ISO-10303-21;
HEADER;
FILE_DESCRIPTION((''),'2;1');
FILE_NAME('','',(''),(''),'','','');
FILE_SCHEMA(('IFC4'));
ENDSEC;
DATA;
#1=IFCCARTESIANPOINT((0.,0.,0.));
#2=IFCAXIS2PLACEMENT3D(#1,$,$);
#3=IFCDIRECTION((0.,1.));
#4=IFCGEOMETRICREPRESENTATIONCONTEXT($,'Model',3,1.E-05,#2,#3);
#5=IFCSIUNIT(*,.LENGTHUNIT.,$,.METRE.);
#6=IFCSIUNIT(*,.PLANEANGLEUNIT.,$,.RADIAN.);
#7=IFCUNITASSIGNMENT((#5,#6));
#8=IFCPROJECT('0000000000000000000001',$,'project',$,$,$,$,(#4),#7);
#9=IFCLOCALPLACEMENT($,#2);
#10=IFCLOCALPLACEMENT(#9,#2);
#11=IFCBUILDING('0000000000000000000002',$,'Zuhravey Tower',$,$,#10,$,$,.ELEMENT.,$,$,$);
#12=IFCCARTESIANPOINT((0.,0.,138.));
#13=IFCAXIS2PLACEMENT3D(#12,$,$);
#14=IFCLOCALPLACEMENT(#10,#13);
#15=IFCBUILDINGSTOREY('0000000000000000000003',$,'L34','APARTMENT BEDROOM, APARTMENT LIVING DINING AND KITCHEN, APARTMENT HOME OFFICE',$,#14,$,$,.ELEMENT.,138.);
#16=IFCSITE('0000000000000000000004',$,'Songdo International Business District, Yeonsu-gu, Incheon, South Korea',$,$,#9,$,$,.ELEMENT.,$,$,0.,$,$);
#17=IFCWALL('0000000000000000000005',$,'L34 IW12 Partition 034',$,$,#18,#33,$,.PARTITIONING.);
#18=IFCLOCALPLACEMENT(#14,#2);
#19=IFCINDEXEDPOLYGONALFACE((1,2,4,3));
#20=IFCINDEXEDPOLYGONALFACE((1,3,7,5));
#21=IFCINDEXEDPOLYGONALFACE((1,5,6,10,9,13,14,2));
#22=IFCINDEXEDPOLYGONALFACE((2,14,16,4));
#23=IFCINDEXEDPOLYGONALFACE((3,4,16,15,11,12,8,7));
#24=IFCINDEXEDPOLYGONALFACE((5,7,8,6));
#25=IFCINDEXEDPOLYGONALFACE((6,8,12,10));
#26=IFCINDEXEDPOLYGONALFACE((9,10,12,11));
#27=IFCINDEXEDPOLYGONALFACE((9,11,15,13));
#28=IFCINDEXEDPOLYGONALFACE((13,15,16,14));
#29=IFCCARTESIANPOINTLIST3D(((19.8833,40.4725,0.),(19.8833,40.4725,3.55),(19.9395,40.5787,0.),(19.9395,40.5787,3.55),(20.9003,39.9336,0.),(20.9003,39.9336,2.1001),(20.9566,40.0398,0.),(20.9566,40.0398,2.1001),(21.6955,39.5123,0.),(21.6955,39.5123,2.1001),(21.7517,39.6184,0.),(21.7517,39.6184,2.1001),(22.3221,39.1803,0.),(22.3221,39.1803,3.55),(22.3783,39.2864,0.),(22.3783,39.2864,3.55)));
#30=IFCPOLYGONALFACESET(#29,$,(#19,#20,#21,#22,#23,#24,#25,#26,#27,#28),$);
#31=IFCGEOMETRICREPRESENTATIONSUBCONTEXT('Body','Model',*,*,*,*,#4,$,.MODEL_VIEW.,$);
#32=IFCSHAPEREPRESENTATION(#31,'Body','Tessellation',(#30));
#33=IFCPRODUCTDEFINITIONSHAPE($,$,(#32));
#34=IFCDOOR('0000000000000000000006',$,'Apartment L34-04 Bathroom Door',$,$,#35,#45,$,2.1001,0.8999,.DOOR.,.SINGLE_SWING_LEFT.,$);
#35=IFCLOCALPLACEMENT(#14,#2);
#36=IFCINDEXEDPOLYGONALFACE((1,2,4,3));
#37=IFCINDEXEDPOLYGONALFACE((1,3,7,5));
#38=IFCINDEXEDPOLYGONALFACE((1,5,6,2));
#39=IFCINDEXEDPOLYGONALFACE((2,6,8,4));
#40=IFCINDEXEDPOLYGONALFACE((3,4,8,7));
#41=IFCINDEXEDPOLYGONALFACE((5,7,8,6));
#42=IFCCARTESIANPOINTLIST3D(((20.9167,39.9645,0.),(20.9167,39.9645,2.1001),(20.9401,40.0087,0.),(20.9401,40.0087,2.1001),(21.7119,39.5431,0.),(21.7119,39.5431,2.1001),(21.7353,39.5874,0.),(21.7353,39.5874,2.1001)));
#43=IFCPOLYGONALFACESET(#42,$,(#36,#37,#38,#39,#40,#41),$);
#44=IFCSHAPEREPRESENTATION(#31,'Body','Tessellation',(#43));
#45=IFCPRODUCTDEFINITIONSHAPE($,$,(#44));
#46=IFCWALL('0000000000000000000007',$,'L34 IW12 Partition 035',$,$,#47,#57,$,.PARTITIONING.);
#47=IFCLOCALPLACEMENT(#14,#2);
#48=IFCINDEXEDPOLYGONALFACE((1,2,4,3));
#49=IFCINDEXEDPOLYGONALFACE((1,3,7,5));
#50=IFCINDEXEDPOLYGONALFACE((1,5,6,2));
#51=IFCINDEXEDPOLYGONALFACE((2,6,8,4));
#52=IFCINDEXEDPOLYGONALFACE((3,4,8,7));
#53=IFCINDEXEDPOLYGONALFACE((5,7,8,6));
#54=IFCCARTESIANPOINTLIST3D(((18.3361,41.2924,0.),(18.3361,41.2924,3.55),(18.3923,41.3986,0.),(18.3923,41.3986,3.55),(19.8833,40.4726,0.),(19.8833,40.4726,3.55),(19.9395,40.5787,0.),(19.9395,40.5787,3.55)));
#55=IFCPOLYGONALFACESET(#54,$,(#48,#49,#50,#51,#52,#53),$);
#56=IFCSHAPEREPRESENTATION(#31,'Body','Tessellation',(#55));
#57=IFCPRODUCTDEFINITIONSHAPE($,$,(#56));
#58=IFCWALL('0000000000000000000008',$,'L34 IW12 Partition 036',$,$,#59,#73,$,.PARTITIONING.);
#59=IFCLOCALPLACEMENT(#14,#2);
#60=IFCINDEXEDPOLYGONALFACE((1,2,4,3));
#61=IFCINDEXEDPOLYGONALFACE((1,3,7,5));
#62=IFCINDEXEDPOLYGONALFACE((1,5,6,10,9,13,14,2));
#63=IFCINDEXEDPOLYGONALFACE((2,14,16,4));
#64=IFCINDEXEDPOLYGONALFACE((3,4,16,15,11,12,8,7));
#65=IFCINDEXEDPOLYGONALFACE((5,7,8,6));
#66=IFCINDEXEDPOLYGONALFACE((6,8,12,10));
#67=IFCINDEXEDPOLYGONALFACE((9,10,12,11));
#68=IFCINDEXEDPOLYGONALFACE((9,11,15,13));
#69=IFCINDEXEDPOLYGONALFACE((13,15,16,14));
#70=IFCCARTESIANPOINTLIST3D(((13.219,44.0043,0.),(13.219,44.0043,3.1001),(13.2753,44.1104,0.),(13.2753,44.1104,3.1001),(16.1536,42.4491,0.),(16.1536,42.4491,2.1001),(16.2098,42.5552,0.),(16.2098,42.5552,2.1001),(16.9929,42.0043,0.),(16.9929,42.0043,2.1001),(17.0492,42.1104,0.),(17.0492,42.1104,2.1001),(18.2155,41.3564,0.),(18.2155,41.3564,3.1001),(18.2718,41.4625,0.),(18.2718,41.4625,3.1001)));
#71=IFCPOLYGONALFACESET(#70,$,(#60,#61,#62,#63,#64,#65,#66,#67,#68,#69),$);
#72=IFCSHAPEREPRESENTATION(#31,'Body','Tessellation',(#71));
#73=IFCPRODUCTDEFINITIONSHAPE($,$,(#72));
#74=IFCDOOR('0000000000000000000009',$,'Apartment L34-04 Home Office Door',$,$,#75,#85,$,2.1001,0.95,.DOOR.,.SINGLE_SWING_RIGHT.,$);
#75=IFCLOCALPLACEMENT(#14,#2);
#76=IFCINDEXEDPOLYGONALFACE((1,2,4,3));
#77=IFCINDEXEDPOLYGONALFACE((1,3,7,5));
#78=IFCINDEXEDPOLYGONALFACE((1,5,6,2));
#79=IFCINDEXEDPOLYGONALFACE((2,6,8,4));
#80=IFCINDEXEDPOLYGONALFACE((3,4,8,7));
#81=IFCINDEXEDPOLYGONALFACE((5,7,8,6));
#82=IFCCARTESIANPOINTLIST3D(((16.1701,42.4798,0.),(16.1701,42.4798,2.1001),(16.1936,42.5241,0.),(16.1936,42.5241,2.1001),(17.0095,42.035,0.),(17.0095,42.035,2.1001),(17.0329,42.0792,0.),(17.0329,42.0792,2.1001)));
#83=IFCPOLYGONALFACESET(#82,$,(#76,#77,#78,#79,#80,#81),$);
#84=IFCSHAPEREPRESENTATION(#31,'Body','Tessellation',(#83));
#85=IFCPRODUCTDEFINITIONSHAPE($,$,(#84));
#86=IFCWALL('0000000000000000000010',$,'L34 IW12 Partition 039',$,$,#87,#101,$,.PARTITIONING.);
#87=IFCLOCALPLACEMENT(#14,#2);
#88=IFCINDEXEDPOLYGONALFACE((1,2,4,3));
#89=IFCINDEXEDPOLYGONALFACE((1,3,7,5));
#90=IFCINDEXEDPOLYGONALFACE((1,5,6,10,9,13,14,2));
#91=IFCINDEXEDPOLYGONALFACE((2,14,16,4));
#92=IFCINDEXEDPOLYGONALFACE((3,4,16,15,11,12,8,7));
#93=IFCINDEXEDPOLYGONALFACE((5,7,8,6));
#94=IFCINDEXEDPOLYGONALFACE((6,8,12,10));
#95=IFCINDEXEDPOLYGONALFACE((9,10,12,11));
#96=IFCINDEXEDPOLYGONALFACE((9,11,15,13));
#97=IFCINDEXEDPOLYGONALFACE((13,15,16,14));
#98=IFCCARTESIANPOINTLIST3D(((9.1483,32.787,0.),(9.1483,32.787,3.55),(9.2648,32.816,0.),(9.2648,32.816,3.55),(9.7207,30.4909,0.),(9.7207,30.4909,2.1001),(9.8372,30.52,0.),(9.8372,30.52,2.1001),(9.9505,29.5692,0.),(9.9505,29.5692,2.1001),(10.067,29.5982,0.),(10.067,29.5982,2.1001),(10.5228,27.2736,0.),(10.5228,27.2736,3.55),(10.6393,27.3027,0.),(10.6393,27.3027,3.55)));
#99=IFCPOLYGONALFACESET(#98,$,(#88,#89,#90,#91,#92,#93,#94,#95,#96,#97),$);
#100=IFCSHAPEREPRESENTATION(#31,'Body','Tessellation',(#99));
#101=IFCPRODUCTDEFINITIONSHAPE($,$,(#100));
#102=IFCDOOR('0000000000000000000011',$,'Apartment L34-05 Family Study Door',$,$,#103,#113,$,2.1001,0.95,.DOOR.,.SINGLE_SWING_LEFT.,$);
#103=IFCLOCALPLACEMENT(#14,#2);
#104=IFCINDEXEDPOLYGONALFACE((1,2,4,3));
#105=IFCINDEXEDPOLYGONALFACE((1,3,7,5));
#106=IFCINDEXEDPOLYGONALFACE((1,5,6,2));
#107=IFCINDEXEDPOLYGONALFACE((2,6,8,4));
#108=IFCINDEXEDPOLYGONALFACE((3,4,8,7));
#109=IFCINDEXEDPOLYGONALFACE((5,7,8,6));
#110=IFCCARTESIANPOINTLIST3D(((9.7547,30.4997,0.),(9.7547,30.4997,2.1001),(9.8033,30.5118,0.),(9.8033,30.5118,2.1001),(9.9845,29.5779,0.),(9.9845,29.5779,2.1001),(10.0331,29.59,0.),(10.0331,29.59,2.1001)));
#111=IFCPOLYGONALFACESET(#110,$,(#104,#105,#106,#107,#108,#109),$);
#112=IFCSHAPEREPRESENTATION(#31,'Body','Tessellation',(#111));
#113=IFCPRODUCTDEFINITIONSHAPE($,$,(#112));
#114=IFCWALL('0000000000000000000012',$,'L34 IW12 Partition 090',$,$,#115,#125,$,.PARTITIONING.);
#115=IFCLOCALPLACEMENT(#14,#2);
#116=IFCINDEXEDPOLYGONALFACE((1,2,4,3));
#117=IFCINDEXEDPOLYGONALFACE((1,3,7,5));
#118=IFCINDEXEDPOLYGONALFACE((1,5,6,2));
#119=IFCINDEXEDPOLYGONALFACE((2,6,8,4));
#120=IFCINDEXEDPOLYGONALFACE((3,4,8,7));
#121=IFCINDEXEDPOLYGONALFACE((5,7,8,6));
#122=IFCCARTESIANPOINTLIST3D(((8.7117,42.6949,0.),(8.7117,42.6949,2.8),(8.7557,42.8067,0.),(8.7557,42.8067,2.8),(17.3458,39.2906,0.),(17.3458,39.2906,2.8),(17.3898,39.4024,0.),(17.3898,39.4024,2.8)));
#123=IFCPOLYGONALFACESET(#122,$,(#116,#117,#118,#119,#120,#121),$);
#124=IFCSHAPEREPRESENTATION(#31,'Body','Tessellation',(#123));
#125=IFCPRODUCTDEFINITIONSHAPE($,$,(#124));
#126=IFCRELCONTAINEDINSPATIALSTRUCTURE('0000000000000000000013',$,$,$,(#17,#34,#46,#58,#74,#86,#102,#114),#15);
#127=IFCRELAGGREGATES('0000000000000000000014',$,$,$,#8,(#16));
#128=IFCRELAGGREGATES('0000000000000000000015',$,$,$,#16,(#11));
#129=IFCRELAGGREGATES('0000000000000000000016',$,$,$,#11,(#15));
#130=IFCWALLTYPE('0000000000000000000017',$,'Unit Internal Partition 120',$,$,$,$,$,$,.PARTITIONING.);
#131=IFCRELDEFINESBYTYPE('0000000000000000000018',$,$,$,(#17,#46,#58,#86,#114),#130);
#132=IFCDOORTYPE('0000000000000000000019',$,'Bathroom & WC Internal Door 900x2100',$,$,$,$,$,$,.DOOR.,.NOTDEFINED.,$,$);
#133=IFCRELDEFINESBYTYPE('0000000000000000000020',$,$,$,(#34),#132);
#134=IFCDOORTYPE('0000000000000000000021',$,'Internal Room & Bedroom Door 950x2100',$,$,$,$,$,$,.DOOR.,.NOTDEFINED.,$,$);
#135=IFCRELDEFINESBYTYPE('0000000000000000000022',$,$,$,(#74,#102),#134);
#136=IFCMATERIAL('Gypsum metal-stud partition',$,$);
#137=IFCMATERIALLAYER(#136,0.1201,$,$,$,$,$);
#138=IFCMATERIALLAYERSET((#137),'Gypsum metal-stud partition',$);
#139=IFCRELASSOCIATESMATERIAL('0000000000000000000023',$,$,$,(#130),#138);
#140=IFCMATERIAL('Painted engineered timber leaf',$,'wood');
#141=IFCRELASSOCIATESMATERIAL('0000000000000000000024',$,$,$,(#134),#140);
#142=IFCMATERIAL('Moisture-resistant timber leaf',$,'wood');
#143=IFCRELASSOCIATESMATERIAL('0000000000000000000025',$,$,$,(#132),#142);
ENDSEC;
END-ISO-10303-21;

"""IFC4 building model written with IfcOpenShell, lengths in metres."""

from ifc_helpers import new_model, si_unit, direction, frame, frame_2d, origin, place, context, subcontext, project, spatial, rectangle, extrude, material, layer, layer_set, type_object, element, fill, save


model = new_model("IFC4")

# Units and contexts
model_context = context("Model", 3, precision=1e-05, world=origin(), true_north=direction((0.0, 1.0)))
body_context = subcontext(model_context, "Body", "Model", "MODEL_VIEW")
ifc_project = project(units=[si_unit("LENGTHUNIT", "METRE"), si_unit("PLANEANGLEUNIT", "RADIAN")], contexts=[model_context])

# Site, building, storey
site_placement = place(None, origin())
site = spatial("IfcSite", under=ifc_project, at=site_placement, Name="Songdo International Business District, Yeonsu-gu, Incheon, South Korea", CompositionType="ELEMENT", RefElevation=0.0)
building_placement = place(site_placement, origin())
building = spatial("IfcBuilding", under=site, at=building_placement, Name="Zuhravey Tower", CompositionType="ELEMENT")
storey_placement = place(building_placement, frame((0.0, 0.0, 138.0)))
storey = spatial("IfcBuildingStorey", under=building, at=storey_placement, Name="L34", Description="APARTMENT BEDROOM, APARTMENT LIVING DINING AND KITCHEN, APARTMENT HOME OFFICE", CompositionType="ELEMENT", Elevation=138.0)

# Shared definitions
ifc_material_1 = material(Name="Gypsum metal-stud partition")
ifc_layer_1 = layer(ifc_material_1, 0.1201)
ifc_layer_set_1 = layer_set([ifc_layer_1], Name="Gypsum metal-stud partition")
wall_type_1 = type_object("IfcWallType", Name="Unit Internal Partition 120", PredefinedType="PARTITIONING", material=ifc_layer_set_1)
ifc_material_2 = material(Name="Painted engineered timber leaf", Category="wood")
door_type_1 = type_object("IfcDoorType", Name="Internal Room & Bedroom Door 950x2100", OperationType="NOTDEFINED", PredefinedType="DOOR", material=ifc_material_2)

# Wall, opening, door
wall_1_placement = place(storey_placement, frame((22.3501, 39.2334, 0.0), z_axis=(0.0, 0.0, 1.0), x_axis=(-0.883616, 0.468213, 0.0)))
wall_1 = element("IfcWall", 1, at=wall_1_placement, inside=storey, type_object=wall_type_1, Name="L34 IW12 Partition 034", PredefinedType="PARTITIONING", context=body_context, shape_type="SweptSolid", body=[
    extrude(rectangle(XDim=2.76, YDim=0.1201, at=frame_2d((1.3799, 0.0))), origin(), (0.0, 0.0, 1.0), 3.55),
])
opening_1_placement = place(wall_1_placement, frame((0.709, 0.0, 0.0)))
opening_1 = element("IfcOpeningElement", 2, at=opening_1_placement, cuts=wall_1, PredefinedType="OPENING", context=body_context, shape_type="SweptSolid", body=[
    extrude(rectangle(XDim=0.8999, YDim=2.1001, at=frame_2d((0.45, 1.05))), frame((0.0, 0.072, 0.0), z_axis=(0.0, -1.0, 0.0), x_axis=(1.0, 0.0, 0.0)), (0.0, 0.0, 1.0), 0.144),
])
ifc_material_3 = material(Name="Moisture-resistant timber leaf", Category="wood")
door_type_2 = type_object("IfcDoorType", Name="Bathroom & WC Internal Door 900x2100", OperationType="NOTDEFINED", PredefinedType="DOOR", material=ifc_material_3)
door_1_placement = place(opening_1_placement, frame((0.8999, 0.0, 0.0), z_axis=(0.0, 0.0, 1.0), x_axis=(-1.0, 0.0, 0.0)))
door_1 = element("IfcDoor", 3, at=door_1_placement, inside=storey, type_object=door_type_2, Name="Apartment L34-04 Bathroom Door", OperationType="SINGLE_SWING_LEFT", OverallHeight=2.1001, OverallWidth=0.8999, PredefinedType="DOOR", context=body_context, shape_type="SweptSolid", body=[
    extrude(rectangle(XDim=0.8999, YDim=2.1001, at=frame_2d((0.45, 1.05))), frame((0.0, 0.0249, 0.0), z_axis=(0.0, -1.0, 0.0), x_axis=(1.0, 0.0, 0.0)), (0.0, 0.0, 1.0), 0.05),
])
fill(opening_1, door_1)

# Wall
wall_2_placement = place(storey_placement, frame((19.9114, 40.5256, 0.0), z_axis=(0.0, 0.0, 1.0), x_axis=(-0.883608, 0.468227, 0.0)))
element("IfcWall", 4, at=wall_2_placement, inside=storey, type_object=wall_type_1, Name="L34 IW12 Partition 035", PredefinedType="PARTITIONING", context=body_context, shape_type="SweptSolid", body=[
    extrude(rectangle(XDim=1.751, YDim=0.1201, at=frame_2d((0.8755, 0.0))), origin(), (0.0, 0.0, 1.0), 3.55),
])

# Walls, openings, doors
wall_3_placement = place(storey_placement, frame((18.2437, 41.4094, 0.0), z_axis=(0.0, 0.0, 1.0), x_axis=(-0.88359, 0.468261, 0.0)))
wall_3 = element("IfcWall", 5, at=wall_3_placement, inside=storey, type_object=wall_type_1, Name="L34 IW12 Partition 036", PredefinedType="PARTITIONING", context=body_context, shape_type="SweptSolid", body=[
    extrude(rectangle(XDim=5.6548, YDim=0.1201, at=frame_2d((2.8274, 0.0))), origin(), (0.0, 0.0, 1.0), 3.1001),
])
opening_2_placement = place(wall_3_placement, frame((1.3835, 0.0, 0.0)))
opening_2 = element("IfcOpeningElement", 6, at=opening_2_placement, cuts=wall_3, PredefinedType="OPENING", context=body_context, shape_type="SweptSolid", body=[
    extrude(rectangle(XDim=0.95, YDim=2.1001, at=frame_2d((0.4751, 1.05))), frame((0.0, 0.072, 0.0), z_axis=(0.0, -1.0, 0.0), x_axis=(1.0, 0.0, 0.0)), (0.0, 0.0, 1.0), 0.144),
])
door_2_placement = place(opening_2_placement, frame((0.95, 0.0, 0.0), z_axis=(0.0, 0.0, 1.0), x_axis=(-1.0, 0.0, 0.0)))
door_2 = element("IfcDoor", 7, at=door_2_placement, inside=storey, type_object=door_type_1, Name="Apartment L34-04 Home Office Door", OperationType="SINGLE_SWING_RIGHT", OverallHeight=2.1001, OverallWidth=0.95, PredefinedType="DOOR", context=body_context, shape_type="SweptSolid", body=[
    extrude(rectangle(XDim=0.95, YDim=2.1001, at=frame_2d((0.4751, 1.05))), frame((0.0, 0.0249, 0.0), z_axis=(0.0, -1.0, 0.0), x_axis=(1.0, 0.0, 0.0)), (0.0, 0.0, 1.0), 0.05),
])
fill(opening_2, door_2)
wall_4_placement = place(storey_placement, frame((9.2065, 32.8015, 0.0), z_axis=(0.0, 0.0, 1.0), x_axis=(0.241899, -0.970302, 0.0)))
wall_4 = element("IfcWall", 8, at=wall_4_placement, inside=storey, type_object=wall_type_1, Name="L34 IW12 Partition 039", PredefinedType="PARTITIONING", context=body_context, shape_type="SweptSolid", body=[
    extrude(rectangle(XDim=5.6821, YDim=0.1201, at=frame_2d((2.8411, 0.0))), origin(), (0.0, 0.0, 1.0), 3.55),
])
opening_3_placement = place(wall_4_placement, frame((2.3662, 0.0, 0.0)))
opening_3 = element("IfcOpeningElement", 9, at=opening_3_placement, cuts=wall_4, PredefinedType="OPENING", context=body_context, shape_type="SweptSolid", body=[
    extrude(rectangle(XDim=0.95, YDim=2.1001, at=frame_2d((0.4751, 1.05))), frame((0.0, 0.072, 0.0), z_axis=(0.0, -1.0, 0.0), x_axis=(1.0, 0.0, 0.0)), (0.0, 0.0, 1.0), 0.144),
])
door_3_placement = place(opening_3_placement, frame((0.95, 0.0, 0.0), z_axis=(0.0, 0.0, 1.0), x_axis=(-1.0, 0.0, 0.0)))
door_3 = element("IfcDoor", 10, at=door_3_placement, inside=storey, type_object=door_type_1, Name="Apartment L34-05 Family Study Door", OperationType="SINGLE_SWING_LEFT", OverallHeight=2.1001, OverallWidth=0.95, PredefinedType="DOOR", context=body_context, shape_type="SweptSolid", body=[
    extrude(rectangle(XDim=0.95, YDim=2.1001, at=frame_2d((0.4751, 1.05))), frame((0.0, 0.0249, 0.0), z_axis=(0.0, -1.0, 0.0), x_axis=(1.0, 0.0, 0.0)), (0.0, 0.0, 1.0), 0.05),
])
fill(opening_3, door_3)

# Wall
wall_5_placement = place(storey_placement, frame((17.3679, 39.3464, 0.0), z_axis=(0.0, 0.0, 1.0), x_axis=(-0.930298, 0.366805, 0.0)))
element("IfcWall", 11, at=wall_5_placement, inside=storey, type_object=wall_type_1, Name="L34 IW12 Partition 090", PredefinedType="PARTITIONING", context=body_context, shape_type="SweptSolid", body=[
    extrude(rectangle(XDim=9.281, YDim=0.1201, at=frame_2d((4.6406, 0.0))), origin(), (0.0, 0.0, 1.0), 2.8),
])

save(model, "model.ifc")
